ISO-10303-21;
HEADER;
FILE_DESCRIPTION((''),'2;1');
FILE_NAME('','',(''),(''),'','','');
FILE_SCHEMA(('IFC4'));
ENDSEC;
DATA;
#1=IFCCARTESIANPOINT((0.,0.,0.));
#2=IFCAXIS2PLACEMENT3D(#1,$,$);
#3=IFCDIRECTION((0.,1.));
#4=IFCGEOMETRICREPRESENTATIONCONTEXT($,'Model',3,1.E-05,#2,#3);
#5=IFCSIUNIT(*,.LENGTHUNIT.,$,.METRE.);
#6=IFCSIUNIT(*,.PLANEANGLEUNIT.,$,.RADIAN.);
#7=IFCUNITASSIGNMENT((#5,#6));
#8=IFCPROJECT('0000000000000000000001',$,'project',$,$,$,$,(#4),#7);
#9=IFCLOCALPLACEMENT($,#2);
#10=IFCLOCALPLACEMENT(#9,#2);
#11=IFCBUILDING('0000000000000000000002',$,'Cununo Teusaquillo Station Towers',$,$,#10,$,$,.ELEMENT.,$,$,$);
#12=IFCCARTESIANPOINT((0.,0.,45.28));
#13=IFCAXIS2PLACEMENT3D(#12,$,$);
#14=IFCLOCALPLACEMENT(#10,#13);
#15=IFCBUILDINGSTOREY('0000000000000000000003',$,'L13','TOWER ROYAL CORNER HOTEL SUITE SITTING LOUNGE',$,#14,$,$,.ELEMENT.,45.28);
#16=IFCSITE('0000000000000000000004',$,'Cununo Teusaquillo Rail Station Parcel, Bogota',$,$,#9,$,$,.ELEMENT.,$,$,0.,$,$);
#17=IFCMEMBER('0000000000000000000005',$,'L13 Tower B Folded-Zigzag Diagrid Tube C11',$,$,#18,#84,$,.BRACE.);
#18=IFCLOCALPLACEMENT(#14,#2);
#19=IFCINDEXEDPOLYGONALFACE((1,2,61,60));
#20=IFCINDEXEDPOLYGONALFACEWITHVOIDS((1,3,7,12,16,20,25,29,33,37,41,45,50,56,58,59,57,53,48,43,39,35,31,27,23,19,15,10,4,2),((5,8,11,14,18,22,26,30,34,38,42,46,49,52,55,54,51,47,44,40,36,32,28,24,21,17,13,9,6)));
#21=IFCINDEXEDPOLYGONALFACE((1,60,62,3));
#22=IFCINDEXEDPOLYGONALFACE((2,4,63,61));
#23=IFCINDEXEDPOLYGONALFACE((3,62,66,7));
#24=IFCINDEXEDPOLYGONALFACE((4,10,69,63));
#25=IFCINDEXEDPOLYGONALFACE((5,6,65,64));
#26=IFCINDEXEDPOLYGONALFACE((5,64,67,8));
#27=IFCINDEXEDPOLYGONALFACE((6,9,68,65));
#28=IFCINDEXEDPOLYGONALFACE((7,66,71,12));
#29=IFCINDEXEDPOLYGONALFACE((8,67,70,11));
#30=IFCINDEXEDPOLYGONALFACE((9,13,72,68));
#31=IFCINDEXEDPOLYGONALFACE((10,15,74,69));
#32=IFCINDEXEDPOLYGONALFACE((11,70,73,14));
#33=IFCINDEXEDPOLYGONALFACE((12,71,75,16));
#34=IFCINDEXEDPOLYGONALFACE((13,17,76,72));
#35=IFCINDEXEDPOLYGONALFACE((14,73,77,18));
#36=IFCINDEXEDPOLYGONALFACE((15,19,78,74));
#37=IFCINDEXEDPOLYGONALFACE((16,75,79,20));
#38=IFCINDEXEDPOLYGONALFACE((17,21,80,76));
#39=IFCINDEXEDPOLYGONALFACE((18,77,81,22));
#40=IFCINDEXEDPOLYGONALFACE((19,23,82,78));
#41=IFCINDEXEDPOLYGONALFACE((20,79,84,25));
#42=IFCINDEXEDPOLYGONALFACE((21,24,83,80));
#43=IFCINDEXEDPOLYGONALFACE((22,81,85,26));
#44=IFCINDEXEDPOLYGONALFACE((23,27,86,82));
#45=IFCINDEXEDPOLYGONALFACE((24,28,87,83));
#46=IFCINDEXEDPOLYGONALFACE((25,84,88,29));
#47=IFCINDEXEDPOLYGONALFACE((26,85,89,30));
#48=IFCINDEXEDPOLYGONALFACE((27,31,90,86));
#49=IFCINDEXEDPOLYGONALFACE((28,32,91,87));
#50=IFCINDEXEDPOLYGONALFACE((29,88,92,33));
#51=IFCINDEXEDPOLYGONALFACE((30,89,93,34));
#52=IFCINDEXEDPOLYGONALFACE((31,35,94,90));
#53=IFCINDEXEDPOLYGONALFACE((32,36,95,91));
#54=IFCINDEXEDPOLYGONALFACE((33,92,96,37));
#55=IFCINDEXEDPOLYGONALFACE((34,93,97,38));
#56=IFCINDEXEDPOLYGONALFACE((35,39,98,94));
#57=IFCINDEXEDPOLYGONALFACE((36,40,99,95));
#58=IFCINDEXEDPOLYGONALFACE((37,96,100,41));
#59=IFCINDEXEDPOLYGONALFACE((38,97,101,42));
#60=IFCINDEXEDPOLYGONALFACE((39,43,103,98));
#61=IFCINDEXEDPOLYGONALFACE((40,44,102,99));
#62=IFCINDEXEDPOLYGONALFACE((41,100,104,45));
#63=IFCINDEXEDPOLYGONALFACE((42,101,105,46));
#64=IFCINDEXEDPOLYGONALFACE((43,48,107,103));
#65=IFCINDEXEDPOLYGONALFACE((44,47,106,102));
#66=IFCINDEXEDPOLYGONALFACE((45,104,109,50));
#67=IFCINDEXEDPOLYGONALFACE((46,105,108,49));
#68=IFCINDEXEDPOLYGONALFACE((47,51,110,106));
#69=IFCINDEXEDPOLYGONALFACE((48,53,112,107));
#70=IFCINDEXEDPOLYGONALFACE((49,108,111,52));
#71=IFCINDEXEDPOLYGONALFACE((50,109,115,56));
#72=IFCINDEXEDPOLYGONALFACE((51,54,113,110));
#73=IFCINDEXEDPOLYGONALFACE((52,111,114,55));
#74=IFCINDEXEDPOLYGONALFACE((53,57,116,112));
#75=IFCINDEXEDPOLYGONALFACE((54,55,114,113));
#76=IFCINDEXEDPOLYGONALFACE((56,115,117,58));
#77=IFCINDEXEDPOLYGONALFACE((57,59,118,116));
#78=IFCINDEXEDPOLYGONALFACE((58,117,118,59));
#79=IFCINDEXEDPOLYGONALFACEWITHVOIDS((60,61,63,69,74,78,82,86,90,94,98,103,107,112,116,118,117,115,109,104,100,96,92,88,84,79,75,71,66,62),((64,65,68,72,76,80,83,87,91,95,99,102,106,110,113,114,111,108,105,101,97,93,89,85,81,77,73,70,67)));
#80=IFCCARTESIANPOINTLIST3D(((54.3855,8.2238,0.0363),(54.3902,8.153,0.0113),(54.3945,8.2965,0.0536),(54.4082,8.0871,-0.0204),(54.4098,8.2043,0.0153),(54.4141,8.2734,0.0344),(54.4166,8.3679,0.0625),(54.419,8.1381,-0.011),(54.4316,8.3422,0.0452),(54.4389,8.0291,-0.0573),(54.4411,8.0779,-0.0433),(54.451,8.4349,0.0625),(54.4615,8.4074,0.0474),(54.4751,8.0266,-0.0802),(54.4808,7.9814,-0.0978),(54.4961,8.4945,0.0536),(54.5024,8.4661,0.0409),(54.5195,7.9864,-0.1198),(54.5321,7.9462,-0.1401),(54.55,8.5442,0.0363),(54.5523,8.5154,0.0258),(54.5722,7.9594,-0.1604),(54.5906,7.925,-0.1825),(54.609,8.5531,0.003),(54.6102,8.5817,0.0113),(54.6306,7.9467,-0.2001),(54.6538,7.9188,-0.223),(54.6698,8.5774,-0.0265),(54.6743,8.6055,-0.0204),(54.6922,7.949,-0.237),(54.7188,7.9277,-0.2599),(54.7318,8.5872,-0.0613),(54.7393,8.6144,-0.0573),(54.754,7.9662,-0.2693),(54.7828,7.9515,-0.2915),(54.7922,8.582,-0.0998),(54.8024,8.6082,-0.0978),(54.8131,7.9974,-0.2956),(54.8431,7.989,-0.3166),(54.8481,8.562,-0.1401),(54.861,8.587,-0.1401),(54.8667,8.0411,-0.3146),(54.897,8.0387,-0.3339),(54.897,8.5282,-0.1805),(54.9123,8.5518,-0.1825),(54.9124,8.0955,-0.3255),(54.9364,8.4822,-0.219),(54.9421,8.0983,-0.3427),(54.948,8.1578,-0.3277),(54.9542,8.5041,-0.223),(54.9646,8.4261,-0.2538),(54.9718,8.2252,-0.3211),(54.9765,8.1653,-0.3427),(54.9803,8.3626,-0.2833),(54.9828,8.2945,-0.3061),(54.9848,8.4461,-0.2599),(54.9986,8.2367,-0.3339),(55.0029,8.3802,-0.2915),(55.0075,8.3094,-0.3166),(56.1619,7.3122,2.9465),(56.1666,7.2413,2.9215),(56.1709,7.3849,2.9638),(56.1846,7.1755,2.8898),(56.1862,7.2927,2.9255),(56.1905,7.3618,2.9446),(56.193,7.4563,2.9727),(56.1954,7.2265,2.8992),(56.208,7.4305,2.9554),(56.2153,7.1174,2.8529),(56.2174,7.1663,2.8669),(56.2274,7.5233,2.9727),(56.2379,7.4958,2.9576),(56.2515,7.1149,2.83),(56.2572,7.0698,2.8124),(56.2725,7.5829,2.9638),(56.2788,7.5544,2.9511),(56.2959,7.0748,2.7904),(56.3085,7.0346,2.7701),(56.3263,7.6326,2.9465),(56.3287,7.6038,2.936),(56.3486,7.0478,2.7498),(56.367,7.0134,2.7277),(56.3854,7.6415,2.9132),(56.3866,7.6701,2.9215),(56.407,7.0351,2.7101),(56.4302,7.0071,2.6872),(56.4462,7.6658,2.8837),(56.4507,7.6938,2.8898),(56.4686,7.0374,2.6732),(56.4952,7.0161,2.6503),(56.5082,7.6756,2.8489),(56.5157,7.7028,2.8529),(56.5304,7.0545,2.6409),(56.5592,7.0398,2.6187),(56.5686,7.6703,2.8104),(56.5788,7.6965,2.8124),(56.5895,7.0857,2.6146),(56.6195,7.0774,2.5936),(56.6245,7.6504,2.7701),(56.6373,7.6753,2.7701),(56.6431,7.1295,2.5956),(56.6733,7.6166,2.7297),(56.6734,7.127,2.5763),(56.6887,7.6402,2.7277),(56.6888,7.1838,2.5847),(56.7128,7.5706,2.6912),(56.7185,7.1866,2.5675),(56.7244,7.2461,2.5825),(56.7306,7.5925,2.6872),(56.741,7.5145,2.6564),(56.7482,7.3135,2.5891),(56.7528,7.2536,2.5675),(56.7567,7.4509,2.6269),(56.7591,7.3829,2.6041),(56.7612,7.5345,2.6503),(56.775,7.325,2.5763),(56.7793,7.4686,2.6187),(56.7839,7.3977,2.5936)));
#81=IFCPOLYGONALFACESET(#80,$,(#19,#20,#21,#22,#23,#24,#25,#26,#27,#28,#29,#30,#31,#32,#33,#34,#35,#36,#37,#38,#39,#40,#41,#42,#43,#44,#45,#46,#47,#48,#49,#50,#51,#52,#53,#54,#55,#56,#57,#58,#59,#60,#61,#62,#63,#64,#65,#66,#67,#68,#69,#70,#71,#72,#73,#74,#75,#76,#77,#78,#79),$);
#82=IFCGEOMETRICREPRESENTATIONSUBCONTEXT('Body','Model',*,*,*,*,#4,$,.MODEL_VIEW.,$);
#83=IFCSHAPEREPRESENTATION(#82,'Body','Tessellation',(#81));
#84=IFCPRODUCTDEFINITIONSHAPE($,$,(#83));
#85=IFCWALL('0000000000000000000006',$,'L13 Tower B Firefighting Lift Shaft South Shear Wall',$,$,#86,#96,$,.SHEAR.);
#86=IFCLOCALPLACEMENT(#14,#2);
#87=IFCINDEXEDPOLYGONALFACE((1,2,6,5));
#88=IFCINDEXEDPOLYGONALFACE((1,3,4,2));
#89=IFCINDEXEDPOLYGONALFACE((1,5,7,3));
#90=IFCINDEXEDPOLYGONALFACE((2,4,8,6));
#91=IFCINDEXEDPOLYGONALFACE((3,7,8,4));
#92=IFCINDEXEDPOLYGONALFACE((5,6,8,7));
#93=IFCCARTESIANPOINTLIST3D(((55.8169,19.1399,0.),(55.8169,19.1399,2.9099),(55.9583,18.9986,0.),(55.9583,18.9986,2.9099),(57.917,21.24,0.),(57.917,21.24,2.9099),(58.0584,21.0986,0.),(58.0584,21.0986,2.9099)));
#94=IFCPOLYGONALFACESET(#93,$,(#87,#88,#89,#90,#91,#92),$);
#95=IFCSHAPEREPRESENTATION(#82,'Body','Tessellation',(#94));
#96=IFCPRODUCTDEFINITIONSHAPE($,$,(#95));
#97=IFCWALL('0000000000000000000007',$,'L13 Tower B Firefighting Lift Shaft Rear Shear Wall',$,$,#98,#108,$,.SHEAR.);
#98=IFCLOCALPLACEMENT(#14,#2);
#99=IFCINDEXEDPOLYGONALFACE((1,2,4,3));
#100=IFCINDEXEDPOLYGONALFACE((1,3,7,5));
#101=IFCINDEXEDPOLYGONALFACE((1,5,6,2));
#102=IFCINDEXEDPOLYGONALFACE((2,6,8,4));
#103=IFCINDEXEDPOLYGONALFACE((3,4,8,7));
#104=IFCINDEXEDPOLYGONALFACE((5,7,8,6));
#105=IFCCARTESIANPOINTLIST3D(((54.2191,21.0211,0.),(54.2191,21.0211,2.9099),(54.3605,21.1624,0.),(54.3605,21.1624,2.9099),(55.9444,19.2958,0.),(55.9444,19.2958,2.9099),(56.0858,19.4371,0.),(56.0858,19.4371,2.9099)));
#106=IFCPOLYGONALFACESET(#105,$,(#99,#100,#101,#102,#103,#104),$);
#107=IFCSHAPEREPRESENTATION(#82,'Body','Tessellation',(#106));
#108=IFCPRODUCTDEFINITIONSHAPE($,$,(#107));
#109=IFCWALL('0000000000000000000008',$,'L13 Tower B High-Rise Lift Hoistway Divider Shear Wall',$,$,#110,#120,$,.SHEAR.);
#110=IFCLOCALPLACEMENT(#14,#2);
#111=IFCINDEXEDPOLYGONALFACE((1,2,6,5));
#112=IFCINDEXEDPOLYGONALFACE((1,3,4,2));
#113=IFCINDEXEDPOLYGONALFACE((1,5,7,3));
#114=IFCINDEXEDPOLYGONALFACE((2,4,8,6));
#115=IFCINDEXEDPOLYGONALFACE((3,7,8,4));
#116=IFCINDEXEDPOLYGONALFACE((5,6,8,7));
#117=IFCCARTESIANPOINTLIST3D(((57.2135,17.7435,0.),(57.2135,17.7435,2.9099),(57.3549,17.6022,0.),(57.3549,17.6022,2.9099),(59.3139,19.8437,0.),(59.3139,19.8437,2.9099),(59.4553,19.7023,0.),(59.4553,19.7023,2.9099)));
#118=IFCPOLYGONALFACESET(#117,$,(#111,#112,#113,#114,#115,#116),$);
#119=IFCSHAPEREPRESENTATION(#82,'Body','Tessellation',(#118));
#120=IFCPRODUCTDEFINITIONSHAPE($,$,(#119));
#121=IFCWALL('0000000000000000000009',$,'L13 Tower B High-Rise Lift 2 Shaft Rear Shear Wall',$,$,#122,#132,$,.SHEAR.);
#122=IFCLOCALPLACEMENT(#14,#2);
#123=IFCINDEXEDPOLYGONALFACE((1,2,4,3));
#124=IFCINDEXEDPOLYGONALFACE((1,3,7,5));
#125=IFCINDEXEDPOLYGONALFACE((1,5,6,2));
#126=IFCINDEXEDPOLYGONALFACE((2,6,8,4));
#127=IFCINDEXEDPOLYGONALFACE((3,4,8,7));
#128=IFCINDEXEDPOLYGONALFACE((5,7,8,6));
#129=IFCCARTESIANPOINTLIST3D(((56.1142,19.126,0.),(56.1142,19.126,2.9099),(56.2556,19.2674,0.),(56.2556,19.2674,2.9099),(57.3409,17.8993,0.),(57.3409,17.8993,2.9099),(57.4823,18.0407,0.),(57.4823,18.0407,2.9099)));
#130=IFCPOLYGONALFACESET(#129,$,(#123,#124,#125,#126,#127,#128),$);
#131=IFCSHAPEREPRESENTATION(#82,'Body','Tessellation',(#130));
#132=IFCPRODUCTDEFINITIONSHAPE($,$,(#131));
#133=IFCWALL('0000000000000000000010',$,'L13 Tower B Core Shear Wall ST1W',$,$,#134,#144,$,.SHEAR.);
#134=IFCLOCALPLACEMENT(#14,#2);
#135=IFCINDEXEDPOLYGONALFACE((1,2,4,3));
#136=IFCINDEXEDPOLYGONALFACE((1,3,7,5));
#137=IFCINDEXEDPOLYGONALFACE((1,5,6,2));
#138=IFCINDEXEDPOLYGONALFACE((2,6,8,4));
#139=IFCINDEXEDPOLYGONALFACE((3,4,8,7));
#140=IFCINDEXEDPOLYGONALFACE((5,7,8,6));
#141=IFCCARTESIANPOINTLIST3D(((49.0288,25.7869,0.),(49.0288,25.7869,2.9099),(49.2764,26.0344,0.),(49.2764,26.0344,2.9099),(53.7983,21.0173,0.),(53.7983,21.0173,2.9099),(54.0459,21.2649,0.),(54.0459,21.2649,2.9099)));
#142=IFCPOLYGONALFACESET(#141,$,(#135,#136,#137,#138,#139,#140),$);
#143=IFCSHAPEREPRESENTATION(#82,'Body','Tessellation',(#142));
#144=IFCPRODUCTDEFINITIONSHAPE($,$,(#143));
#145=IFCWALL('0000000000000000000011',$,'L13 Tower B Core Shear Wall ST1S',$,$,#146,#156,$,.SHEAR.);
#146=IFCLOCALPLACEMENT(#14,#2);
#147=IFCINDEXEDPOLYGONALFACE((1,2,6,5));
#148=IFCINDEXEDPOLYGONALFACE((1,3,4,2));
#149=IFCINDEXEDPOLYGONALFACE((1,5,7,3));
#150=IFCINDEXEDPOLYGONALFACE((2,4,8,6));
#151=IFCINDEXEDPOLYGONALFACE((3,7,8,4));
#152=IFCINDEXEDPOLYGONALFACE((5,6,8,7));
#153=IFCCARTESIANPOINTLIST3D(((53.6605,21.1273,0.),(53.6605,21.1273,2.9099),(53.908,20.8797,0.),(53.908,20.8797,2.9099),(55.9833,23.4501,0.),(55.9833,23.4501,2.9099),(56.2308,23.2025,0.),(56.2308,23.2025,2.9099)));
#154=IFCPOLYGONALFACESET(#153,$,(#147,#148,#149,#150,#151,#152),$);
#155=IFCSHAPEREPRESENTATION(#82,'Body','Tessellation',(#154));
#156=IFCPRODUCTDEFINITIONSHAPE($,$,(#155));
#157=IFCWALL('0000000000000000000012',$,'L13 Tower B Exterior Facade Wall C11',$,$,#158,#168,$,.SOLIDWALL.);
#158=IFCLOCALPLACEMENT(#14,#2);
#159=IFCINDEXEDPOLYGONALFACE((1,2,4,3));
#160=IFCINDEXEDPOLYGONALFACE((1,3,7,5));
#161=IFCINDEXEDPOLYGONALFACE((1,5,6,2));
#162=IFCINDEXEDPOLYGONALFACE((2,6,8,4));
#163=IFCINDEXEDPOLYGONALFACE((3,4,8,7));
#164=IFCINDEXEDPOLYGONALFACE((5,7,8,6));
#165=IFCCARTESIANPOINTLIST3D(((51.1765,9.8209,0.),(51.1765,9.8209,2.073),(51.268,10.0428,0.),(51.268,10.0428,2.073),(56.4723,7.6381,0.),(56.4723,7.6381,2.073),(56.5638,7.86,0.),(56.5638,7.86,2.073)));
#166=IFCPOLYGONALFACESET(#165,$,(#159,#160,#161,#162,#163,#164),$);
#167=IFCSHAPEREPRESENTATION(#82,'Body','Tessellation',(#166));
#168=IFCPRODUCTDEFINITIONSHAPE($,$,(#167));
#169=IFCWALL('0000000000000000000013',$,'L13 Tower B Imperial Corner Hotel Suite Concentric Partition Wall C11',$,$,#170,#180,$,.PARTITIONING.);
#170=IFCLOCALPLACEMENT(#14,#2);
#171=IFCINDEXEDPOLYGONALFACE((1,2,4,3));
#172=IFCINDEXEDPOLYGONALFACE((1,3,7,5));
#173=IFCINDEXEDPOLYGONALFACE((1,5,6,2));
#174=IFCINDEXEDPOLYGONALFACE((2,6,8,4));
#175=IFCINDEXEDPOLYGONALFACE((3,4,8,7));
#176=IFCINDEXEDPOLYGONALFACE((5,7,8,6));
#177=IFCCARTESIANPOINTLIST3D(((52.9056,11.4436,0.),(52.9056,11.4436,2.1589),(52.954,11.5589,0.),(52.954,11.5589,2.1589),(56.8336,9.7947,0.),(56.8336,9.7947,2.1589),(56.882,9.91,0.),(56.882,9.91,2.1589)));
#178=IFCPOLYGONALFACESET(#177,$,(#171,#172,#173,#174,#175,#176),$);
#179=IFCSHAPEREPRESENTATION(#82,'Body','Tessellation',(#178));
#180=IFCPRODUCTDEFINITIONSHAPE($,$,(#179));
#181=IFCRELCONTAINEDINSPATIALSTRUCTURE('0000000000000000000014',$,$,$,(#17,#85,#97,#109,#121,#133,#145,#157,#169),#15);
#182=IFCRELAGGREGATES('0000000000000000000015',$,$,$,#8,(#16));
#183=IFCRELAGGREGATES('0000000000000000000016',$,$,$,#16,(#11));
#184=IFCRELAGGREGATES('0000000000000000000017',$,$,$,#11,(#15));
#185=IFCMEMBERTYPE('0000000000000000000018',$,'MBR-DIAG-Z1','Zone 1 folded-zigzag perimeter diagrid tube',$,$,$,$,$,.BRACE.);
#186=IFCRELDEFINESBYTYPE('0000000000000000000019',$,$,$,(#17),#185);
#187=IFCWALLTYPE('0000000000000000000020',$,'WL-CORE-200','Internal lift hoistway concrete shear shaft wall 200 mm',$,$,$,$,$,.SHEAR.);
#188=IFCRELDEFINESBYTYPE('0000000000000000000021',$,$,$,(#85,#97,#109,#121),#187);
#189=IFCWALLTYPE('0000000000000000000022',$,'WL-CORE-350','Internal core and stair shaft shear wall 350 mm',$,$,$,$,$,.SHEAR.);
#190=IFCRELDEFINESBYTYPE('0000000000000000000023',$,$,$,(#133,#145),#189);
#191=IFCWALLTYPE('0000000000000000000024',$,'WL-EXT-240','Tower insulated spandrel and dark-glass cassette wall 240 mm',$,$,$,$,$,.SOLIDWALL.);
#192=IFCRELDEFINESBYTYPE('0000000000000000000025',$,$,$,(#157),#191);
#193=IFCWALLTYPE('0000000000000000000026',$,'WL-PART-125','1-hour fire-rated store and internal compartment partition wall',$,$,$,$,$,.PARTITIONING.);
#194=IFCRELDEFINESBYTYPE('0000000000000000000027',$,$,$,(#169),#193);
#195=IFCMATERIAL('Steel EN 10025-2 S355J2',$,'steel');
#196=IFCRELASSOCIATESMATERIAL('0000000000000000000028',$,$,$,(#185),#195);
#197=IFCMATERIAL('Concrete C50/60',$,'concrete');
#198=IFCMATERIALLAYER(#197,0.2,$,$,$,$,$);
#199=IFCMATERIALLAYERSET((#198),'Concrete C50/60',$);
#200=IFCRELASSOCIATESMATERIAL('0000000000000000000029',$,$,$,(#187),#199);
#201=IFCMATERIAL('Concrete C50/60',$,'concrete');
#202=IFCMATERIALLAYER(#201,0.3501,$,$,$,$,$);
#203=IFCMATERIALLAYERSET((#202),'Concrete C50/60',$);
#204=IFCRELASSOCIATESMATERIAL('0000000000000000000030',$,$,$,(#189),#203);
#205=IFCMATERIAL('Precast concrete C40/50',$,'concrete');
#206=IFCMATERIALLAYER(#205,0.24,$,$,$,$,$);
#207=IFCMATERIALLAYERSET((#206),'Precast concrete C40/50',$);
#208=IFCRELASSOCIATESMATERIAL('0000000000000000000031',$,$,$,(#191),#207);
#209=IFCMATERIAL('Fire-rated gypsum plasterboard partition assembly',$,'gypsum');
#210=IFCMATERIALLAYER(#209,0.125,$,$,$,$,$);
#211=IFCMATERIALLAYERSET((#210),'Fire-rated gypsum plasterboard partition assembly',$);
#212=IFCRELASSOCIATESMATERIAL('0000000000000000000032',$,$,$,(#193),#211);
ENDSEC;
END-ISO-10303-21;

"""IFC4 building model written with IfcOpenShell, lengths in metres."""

from ifc_helpers import new_model, si_unit, direction, frame, frame_2d, origin, origin_2d, place, context, subcontext, project, spatial, rectangle, hollow_circle, extrude, material, layer, layer_set, material_profile, profile_set, type_object, element, save


model = new_model("IFC4")

# Units and contexts
model_context = context("Model", 3, precision=1e-05, world=origin(), true_north=direction((0.0, 1.0)))
body_context = subcontext(model_context, "Body", "Model", "MODEL_VIEW")
ifc_project = project(units=[si_unit("LENGTHUNIT", "METRE"), si_unit("PLANEANGLEUNIT", "RADIAN")], contexts=[model_context])

# Site, building, storey
site_placement = place(None, origin())
site = spatial("IfcSite", under=ifc_project, at=site_placement, Name="Cununo Teusaquillo Rail Station Parcel, Bogota", CompositionType="ELEMENT", RefElevation=0.0)
building_placement = place(site_placement, origin())
building = spatial("IfcBuilding", under=site, at=building_placement, Name="Cununo Teusaquillo Station Towers", CompositionType="ELEMENT")
storey_placement = place(building_placement, frame((0.0, 0.0, 45.28)))
storey = spatial("IfcBuildingStorey", under=building, at=storey_placement, Name="L13", Description="TOWER ROYAL CORNER HOTEL SUITE SITTING LOUNGE", CompositionType="ELEMENT", Elevation=45.28)

# Member
ifc_material_1 = material(Name="Steel EN 10025-2 S355J2", Category="steel")
ifc_material_profile_1 = material_profile(ifc_material_1, hollow_circle(Radius=0.3601, WallThickness=0.0281, at=origin_2d()), Name="CHS 720x28")
ifc_profile_set_1 = profile_set([ifc_material_profile_1], Name="Steel EN 10025-2 S355J2")
member_type = type_object("IfcMemberType", Name="MBR-DIAG-Z1", Description="Zone 1 folded-zigzag perimeter diagrid tube", PredefinedType="BRACE", material=ifc_profile_set_1)
member_placement = place(storey_placement, frame((54.6965, 8.2666, -0.1401), z_axis=(0.503328, -0.258305, 0.824584), x_axis=(0.45658, 0.889682, 0.0)))
element("IfcMember", 1, at=member_placement, inside=storey, type_object=member_type, Name="L13 Tower B Folded-Zigzag Diagrid Tube C11", PredefinedType="BRACE", context=body_context, shape_type="SweptSolid", body=[
    extrude(hollow_circle(Radius=0.3601, WallThickness=0.0281, at=origin_2d()), origin(), (0.0, 0.0, 1.0), 3.5293),
])

# Walls
ifc_material_2 = material(Name="Concrete C50/60", Category="concrete")
ifc_layer_1 = layer(ifc_material_2, 0.2)
ifc_layer_set_1 = layer_set([ifc_layer_1], Name="Concrete C50/60")
wall_type_1 = type_object("IfcWallType", Name="WL-CORE-200", Description="Internal lift hoistway concrete shear shaft wall 200 mm", PredefinedType="SHEAR", material=ifc_layer_set_1)
wall_1_placement = place(storey_placement, frame((55.8877, 19.0693, 0.0), z_axis=(0.0, 0.0, 1.0), x_axis=(0.707107, 0.707107, 0.0)))
element("IfcWall", 2, at=wall_1_placement, inside=storey, type_object=wall_type_1, Name="L13 Tower B Firefighting Lift Shaft South Shear Wall", PredefinedType="SHEAR", context=body_context, shape_type="SweptSolid", body=[
    extrude(rectangle(XDim=2.97, YDim=0.2, at=frame_2d((1.4849, 0.0))), origin(), (0.0, 0.0, 1.0), 2.9099),
])
wall_2_placement = place(storey_placement, frame((56.0151, 19.3665, 0.0), z_axis=(0.0, 0.0, 1.0), x_axis=(-0.707107, 0.707107, 0.0)))
element("IfcWall", 3, at=wall_2_placement, inside=storey, type_object=wall_type_1, Name="L13 Tower B Firefighting Lift Shaft Rear Shear Wall", PredefinedType="SHEAR", context=body_context, shape_type="SweptSolid", body=[
    extrude(rectangle(XDim=2.4399, YDim=0.2, at=frame_2d((1.22, 0.0))), origin(), (0.0, 0.0, 1.0), 2.9099),
])
wall_3_placement = place(storey_placement, frame((57.2842, 17.6729, 0.0), z_axis=(0.0, 0.0, 1.0), x_axis=(0.707148, 0.707066, 0.0)))
element("IfcWall", 4, at=wall_3_placement, inside=storey, type_object=wall_type_1, Name="L13 Tower B High-Rise Lift Hoistway Divider Shear Wall", PredefinedType="SHEAR", context=body_context, shape_type="SweptSolid", body=[
    extrude(rectangle(XDim=2.9702, YDim=0.2, at=frame_2d((1.4851, 0.0))), origin(), (0.0, 0.0, 1.0), 2.9099),
])
wall_4_placement = place(storey_placement, frame((57.4116, 17.97, 0.0), z_axis=(0.0, 0.0, 1.0), x_axis=(-0.707107, 0.707107, 0.0)))
element("IfcWall", 5, at=wall_4_placement, inside=storey, type_object=wall_type_1, Name="L13 Tower B High-Rise Lift 2 Shaft Rear Shear Wall", PredefinedType="SHEAR", context=body_context, shape_type="SweptSolid", body=[
    extrude(rectangle(XDim=1.7349, YDim=0.2, at=frame_2d((0.8674, 0.0))), origin(), (0.0, 0.0, 1.0), 2.9099),
])
ifc_material_3 = material(Name="Concrete C50/60", Category="concrete")
ifc_layer_2 = layer(ifc_material_3, 0.3501)
ifc_layer_set_2 = layer_set([ifc_layer_2], Name="Concrete C50/60")
wall_type_2 = type_object("IfcWallType", Name="WL-CORE-350", Description="Internal core and stair shaft shear wall 350 mm", PredefinedType="SHEAR", material=ifc_layer_set_2)
wall_5_placement = place(storey_placement, frame((53.9221, 21.1411, 0.0), z_axis=(0.0, 0.0, 1.0), x_axis=(-0.707107, 0.707107, 0.0)))
element("IfcWall", 6, at=wall_5_placement, inside=storey, type_object=wall_type_2, Name="L13 Tower B Core Shear Wall ST1W", PredefinedType="SHEAR", context=body_context, shape_type="SweptSolid", body=[
    extrude(rectangle(XDim=6.7451, YDim=0.3501, at=frame_2d((3.3726, 0.0))), origin(), (0.0, 0.0, 1.0), 2.9099),
])
wall_6_placement = place(storey_placement, frame((53.7842, 21.0034, 0.0), z_axis=(0.0, 0.0, 1.0), x_axis=(0.707107, 0.707107, 0.0)))
element("IfcWall", 7, at=wall_6_placement, inside=storey, type_object=wall_type_2, Name="L13 Tower B Core Shear Wall ST1S", PredefinedType="SHEAR", context=body_context, shape_type="SweptSolid", body=[
    extrude(rectangle(XDim=3.2849, YDim=0.3501, at=frame_2d((1.6426, 0.0))), origin(), (0.0, 0.0, 1.0), 2.9099),
])
ifc_material_4 = material(Name="Precast concrete C40/50", Category="concrete")
ifc_layer_3 = layer(ifc_material_4, 0.24)
ifc_layer_set_3 = layer_set([ifc_layer_3], Name="Precast concrete C40/50")
wall_type_3 = type_object("IfcWallType", Name="WL-EXT-240", Description="Tower insulated spandrel and dark-glass cassette wall 240 mm", PredefinedType="SOLIDWALL", material=ifc_layer_set_3)
wall_7_placement = place(storey_placement, frame((56.5181, 7.749, 0.0), z_axis=(0.0, 0.0, 1.0), x_axis=(-0.924543, 0.381078, 0.0)))
element("IfcWall", 8, at=wall_7_placement, inside=storey, type_object=wall_type_3, Name="L13 Tower B Exterior Facade Wall C11", PredefinedType="SOLIDWALL", context=body_context, shape_type="SweptSolid", body=[
    extrude(rectangle(XDim=5.728, YDim=0.24, at=frame_2d((2.864, 0.0))), origin(), (0.0, 0.0, 1.0), 2.073),
])
ifc_material_5 = material(Name="Fire-rated gypsum plasterboard partition assembly", Category="gypsum")
ifc_layer_4 = layer(ifc_material_5, 0.125)
ifc_layer_set_4 = layer_set([ifc_layer_4], Name="Fire-rated gypsum plasterboard partition assembly")
wall_type_4 = type_object("IfcWallType", Name="WL-PART-125", Description="1-hour fire-rated store and internal compartment partition wall", PredefinedType="PARTITIONING", material=ifc_layer_set_4)
wall_8_placement = place(storey_placement, frame((52.9299, 11.5012, 0.0), z_axis=(0.0, 0.0, 1.0), x_axis=(0.922051, -0.387068, 0.0)))
element("IfcWall", 9, at=wall_8_placement, inside=storey, type_object=wall_type_4, Name="L13 Tower B Imperial Corner Hotel Suite Concentric Partition Wall C11", PredefinedType="PARTITIONING", context=body_context, shape_type="SweptSolid", body=[
    extrude(rectangle(XDim=4.26, YDim=0.125, at=frame_2d((2.1299, 0.0))), origin(), (0.0, 0.0, 1.0), 2.1589),
])

save(model, "model.ifc")
